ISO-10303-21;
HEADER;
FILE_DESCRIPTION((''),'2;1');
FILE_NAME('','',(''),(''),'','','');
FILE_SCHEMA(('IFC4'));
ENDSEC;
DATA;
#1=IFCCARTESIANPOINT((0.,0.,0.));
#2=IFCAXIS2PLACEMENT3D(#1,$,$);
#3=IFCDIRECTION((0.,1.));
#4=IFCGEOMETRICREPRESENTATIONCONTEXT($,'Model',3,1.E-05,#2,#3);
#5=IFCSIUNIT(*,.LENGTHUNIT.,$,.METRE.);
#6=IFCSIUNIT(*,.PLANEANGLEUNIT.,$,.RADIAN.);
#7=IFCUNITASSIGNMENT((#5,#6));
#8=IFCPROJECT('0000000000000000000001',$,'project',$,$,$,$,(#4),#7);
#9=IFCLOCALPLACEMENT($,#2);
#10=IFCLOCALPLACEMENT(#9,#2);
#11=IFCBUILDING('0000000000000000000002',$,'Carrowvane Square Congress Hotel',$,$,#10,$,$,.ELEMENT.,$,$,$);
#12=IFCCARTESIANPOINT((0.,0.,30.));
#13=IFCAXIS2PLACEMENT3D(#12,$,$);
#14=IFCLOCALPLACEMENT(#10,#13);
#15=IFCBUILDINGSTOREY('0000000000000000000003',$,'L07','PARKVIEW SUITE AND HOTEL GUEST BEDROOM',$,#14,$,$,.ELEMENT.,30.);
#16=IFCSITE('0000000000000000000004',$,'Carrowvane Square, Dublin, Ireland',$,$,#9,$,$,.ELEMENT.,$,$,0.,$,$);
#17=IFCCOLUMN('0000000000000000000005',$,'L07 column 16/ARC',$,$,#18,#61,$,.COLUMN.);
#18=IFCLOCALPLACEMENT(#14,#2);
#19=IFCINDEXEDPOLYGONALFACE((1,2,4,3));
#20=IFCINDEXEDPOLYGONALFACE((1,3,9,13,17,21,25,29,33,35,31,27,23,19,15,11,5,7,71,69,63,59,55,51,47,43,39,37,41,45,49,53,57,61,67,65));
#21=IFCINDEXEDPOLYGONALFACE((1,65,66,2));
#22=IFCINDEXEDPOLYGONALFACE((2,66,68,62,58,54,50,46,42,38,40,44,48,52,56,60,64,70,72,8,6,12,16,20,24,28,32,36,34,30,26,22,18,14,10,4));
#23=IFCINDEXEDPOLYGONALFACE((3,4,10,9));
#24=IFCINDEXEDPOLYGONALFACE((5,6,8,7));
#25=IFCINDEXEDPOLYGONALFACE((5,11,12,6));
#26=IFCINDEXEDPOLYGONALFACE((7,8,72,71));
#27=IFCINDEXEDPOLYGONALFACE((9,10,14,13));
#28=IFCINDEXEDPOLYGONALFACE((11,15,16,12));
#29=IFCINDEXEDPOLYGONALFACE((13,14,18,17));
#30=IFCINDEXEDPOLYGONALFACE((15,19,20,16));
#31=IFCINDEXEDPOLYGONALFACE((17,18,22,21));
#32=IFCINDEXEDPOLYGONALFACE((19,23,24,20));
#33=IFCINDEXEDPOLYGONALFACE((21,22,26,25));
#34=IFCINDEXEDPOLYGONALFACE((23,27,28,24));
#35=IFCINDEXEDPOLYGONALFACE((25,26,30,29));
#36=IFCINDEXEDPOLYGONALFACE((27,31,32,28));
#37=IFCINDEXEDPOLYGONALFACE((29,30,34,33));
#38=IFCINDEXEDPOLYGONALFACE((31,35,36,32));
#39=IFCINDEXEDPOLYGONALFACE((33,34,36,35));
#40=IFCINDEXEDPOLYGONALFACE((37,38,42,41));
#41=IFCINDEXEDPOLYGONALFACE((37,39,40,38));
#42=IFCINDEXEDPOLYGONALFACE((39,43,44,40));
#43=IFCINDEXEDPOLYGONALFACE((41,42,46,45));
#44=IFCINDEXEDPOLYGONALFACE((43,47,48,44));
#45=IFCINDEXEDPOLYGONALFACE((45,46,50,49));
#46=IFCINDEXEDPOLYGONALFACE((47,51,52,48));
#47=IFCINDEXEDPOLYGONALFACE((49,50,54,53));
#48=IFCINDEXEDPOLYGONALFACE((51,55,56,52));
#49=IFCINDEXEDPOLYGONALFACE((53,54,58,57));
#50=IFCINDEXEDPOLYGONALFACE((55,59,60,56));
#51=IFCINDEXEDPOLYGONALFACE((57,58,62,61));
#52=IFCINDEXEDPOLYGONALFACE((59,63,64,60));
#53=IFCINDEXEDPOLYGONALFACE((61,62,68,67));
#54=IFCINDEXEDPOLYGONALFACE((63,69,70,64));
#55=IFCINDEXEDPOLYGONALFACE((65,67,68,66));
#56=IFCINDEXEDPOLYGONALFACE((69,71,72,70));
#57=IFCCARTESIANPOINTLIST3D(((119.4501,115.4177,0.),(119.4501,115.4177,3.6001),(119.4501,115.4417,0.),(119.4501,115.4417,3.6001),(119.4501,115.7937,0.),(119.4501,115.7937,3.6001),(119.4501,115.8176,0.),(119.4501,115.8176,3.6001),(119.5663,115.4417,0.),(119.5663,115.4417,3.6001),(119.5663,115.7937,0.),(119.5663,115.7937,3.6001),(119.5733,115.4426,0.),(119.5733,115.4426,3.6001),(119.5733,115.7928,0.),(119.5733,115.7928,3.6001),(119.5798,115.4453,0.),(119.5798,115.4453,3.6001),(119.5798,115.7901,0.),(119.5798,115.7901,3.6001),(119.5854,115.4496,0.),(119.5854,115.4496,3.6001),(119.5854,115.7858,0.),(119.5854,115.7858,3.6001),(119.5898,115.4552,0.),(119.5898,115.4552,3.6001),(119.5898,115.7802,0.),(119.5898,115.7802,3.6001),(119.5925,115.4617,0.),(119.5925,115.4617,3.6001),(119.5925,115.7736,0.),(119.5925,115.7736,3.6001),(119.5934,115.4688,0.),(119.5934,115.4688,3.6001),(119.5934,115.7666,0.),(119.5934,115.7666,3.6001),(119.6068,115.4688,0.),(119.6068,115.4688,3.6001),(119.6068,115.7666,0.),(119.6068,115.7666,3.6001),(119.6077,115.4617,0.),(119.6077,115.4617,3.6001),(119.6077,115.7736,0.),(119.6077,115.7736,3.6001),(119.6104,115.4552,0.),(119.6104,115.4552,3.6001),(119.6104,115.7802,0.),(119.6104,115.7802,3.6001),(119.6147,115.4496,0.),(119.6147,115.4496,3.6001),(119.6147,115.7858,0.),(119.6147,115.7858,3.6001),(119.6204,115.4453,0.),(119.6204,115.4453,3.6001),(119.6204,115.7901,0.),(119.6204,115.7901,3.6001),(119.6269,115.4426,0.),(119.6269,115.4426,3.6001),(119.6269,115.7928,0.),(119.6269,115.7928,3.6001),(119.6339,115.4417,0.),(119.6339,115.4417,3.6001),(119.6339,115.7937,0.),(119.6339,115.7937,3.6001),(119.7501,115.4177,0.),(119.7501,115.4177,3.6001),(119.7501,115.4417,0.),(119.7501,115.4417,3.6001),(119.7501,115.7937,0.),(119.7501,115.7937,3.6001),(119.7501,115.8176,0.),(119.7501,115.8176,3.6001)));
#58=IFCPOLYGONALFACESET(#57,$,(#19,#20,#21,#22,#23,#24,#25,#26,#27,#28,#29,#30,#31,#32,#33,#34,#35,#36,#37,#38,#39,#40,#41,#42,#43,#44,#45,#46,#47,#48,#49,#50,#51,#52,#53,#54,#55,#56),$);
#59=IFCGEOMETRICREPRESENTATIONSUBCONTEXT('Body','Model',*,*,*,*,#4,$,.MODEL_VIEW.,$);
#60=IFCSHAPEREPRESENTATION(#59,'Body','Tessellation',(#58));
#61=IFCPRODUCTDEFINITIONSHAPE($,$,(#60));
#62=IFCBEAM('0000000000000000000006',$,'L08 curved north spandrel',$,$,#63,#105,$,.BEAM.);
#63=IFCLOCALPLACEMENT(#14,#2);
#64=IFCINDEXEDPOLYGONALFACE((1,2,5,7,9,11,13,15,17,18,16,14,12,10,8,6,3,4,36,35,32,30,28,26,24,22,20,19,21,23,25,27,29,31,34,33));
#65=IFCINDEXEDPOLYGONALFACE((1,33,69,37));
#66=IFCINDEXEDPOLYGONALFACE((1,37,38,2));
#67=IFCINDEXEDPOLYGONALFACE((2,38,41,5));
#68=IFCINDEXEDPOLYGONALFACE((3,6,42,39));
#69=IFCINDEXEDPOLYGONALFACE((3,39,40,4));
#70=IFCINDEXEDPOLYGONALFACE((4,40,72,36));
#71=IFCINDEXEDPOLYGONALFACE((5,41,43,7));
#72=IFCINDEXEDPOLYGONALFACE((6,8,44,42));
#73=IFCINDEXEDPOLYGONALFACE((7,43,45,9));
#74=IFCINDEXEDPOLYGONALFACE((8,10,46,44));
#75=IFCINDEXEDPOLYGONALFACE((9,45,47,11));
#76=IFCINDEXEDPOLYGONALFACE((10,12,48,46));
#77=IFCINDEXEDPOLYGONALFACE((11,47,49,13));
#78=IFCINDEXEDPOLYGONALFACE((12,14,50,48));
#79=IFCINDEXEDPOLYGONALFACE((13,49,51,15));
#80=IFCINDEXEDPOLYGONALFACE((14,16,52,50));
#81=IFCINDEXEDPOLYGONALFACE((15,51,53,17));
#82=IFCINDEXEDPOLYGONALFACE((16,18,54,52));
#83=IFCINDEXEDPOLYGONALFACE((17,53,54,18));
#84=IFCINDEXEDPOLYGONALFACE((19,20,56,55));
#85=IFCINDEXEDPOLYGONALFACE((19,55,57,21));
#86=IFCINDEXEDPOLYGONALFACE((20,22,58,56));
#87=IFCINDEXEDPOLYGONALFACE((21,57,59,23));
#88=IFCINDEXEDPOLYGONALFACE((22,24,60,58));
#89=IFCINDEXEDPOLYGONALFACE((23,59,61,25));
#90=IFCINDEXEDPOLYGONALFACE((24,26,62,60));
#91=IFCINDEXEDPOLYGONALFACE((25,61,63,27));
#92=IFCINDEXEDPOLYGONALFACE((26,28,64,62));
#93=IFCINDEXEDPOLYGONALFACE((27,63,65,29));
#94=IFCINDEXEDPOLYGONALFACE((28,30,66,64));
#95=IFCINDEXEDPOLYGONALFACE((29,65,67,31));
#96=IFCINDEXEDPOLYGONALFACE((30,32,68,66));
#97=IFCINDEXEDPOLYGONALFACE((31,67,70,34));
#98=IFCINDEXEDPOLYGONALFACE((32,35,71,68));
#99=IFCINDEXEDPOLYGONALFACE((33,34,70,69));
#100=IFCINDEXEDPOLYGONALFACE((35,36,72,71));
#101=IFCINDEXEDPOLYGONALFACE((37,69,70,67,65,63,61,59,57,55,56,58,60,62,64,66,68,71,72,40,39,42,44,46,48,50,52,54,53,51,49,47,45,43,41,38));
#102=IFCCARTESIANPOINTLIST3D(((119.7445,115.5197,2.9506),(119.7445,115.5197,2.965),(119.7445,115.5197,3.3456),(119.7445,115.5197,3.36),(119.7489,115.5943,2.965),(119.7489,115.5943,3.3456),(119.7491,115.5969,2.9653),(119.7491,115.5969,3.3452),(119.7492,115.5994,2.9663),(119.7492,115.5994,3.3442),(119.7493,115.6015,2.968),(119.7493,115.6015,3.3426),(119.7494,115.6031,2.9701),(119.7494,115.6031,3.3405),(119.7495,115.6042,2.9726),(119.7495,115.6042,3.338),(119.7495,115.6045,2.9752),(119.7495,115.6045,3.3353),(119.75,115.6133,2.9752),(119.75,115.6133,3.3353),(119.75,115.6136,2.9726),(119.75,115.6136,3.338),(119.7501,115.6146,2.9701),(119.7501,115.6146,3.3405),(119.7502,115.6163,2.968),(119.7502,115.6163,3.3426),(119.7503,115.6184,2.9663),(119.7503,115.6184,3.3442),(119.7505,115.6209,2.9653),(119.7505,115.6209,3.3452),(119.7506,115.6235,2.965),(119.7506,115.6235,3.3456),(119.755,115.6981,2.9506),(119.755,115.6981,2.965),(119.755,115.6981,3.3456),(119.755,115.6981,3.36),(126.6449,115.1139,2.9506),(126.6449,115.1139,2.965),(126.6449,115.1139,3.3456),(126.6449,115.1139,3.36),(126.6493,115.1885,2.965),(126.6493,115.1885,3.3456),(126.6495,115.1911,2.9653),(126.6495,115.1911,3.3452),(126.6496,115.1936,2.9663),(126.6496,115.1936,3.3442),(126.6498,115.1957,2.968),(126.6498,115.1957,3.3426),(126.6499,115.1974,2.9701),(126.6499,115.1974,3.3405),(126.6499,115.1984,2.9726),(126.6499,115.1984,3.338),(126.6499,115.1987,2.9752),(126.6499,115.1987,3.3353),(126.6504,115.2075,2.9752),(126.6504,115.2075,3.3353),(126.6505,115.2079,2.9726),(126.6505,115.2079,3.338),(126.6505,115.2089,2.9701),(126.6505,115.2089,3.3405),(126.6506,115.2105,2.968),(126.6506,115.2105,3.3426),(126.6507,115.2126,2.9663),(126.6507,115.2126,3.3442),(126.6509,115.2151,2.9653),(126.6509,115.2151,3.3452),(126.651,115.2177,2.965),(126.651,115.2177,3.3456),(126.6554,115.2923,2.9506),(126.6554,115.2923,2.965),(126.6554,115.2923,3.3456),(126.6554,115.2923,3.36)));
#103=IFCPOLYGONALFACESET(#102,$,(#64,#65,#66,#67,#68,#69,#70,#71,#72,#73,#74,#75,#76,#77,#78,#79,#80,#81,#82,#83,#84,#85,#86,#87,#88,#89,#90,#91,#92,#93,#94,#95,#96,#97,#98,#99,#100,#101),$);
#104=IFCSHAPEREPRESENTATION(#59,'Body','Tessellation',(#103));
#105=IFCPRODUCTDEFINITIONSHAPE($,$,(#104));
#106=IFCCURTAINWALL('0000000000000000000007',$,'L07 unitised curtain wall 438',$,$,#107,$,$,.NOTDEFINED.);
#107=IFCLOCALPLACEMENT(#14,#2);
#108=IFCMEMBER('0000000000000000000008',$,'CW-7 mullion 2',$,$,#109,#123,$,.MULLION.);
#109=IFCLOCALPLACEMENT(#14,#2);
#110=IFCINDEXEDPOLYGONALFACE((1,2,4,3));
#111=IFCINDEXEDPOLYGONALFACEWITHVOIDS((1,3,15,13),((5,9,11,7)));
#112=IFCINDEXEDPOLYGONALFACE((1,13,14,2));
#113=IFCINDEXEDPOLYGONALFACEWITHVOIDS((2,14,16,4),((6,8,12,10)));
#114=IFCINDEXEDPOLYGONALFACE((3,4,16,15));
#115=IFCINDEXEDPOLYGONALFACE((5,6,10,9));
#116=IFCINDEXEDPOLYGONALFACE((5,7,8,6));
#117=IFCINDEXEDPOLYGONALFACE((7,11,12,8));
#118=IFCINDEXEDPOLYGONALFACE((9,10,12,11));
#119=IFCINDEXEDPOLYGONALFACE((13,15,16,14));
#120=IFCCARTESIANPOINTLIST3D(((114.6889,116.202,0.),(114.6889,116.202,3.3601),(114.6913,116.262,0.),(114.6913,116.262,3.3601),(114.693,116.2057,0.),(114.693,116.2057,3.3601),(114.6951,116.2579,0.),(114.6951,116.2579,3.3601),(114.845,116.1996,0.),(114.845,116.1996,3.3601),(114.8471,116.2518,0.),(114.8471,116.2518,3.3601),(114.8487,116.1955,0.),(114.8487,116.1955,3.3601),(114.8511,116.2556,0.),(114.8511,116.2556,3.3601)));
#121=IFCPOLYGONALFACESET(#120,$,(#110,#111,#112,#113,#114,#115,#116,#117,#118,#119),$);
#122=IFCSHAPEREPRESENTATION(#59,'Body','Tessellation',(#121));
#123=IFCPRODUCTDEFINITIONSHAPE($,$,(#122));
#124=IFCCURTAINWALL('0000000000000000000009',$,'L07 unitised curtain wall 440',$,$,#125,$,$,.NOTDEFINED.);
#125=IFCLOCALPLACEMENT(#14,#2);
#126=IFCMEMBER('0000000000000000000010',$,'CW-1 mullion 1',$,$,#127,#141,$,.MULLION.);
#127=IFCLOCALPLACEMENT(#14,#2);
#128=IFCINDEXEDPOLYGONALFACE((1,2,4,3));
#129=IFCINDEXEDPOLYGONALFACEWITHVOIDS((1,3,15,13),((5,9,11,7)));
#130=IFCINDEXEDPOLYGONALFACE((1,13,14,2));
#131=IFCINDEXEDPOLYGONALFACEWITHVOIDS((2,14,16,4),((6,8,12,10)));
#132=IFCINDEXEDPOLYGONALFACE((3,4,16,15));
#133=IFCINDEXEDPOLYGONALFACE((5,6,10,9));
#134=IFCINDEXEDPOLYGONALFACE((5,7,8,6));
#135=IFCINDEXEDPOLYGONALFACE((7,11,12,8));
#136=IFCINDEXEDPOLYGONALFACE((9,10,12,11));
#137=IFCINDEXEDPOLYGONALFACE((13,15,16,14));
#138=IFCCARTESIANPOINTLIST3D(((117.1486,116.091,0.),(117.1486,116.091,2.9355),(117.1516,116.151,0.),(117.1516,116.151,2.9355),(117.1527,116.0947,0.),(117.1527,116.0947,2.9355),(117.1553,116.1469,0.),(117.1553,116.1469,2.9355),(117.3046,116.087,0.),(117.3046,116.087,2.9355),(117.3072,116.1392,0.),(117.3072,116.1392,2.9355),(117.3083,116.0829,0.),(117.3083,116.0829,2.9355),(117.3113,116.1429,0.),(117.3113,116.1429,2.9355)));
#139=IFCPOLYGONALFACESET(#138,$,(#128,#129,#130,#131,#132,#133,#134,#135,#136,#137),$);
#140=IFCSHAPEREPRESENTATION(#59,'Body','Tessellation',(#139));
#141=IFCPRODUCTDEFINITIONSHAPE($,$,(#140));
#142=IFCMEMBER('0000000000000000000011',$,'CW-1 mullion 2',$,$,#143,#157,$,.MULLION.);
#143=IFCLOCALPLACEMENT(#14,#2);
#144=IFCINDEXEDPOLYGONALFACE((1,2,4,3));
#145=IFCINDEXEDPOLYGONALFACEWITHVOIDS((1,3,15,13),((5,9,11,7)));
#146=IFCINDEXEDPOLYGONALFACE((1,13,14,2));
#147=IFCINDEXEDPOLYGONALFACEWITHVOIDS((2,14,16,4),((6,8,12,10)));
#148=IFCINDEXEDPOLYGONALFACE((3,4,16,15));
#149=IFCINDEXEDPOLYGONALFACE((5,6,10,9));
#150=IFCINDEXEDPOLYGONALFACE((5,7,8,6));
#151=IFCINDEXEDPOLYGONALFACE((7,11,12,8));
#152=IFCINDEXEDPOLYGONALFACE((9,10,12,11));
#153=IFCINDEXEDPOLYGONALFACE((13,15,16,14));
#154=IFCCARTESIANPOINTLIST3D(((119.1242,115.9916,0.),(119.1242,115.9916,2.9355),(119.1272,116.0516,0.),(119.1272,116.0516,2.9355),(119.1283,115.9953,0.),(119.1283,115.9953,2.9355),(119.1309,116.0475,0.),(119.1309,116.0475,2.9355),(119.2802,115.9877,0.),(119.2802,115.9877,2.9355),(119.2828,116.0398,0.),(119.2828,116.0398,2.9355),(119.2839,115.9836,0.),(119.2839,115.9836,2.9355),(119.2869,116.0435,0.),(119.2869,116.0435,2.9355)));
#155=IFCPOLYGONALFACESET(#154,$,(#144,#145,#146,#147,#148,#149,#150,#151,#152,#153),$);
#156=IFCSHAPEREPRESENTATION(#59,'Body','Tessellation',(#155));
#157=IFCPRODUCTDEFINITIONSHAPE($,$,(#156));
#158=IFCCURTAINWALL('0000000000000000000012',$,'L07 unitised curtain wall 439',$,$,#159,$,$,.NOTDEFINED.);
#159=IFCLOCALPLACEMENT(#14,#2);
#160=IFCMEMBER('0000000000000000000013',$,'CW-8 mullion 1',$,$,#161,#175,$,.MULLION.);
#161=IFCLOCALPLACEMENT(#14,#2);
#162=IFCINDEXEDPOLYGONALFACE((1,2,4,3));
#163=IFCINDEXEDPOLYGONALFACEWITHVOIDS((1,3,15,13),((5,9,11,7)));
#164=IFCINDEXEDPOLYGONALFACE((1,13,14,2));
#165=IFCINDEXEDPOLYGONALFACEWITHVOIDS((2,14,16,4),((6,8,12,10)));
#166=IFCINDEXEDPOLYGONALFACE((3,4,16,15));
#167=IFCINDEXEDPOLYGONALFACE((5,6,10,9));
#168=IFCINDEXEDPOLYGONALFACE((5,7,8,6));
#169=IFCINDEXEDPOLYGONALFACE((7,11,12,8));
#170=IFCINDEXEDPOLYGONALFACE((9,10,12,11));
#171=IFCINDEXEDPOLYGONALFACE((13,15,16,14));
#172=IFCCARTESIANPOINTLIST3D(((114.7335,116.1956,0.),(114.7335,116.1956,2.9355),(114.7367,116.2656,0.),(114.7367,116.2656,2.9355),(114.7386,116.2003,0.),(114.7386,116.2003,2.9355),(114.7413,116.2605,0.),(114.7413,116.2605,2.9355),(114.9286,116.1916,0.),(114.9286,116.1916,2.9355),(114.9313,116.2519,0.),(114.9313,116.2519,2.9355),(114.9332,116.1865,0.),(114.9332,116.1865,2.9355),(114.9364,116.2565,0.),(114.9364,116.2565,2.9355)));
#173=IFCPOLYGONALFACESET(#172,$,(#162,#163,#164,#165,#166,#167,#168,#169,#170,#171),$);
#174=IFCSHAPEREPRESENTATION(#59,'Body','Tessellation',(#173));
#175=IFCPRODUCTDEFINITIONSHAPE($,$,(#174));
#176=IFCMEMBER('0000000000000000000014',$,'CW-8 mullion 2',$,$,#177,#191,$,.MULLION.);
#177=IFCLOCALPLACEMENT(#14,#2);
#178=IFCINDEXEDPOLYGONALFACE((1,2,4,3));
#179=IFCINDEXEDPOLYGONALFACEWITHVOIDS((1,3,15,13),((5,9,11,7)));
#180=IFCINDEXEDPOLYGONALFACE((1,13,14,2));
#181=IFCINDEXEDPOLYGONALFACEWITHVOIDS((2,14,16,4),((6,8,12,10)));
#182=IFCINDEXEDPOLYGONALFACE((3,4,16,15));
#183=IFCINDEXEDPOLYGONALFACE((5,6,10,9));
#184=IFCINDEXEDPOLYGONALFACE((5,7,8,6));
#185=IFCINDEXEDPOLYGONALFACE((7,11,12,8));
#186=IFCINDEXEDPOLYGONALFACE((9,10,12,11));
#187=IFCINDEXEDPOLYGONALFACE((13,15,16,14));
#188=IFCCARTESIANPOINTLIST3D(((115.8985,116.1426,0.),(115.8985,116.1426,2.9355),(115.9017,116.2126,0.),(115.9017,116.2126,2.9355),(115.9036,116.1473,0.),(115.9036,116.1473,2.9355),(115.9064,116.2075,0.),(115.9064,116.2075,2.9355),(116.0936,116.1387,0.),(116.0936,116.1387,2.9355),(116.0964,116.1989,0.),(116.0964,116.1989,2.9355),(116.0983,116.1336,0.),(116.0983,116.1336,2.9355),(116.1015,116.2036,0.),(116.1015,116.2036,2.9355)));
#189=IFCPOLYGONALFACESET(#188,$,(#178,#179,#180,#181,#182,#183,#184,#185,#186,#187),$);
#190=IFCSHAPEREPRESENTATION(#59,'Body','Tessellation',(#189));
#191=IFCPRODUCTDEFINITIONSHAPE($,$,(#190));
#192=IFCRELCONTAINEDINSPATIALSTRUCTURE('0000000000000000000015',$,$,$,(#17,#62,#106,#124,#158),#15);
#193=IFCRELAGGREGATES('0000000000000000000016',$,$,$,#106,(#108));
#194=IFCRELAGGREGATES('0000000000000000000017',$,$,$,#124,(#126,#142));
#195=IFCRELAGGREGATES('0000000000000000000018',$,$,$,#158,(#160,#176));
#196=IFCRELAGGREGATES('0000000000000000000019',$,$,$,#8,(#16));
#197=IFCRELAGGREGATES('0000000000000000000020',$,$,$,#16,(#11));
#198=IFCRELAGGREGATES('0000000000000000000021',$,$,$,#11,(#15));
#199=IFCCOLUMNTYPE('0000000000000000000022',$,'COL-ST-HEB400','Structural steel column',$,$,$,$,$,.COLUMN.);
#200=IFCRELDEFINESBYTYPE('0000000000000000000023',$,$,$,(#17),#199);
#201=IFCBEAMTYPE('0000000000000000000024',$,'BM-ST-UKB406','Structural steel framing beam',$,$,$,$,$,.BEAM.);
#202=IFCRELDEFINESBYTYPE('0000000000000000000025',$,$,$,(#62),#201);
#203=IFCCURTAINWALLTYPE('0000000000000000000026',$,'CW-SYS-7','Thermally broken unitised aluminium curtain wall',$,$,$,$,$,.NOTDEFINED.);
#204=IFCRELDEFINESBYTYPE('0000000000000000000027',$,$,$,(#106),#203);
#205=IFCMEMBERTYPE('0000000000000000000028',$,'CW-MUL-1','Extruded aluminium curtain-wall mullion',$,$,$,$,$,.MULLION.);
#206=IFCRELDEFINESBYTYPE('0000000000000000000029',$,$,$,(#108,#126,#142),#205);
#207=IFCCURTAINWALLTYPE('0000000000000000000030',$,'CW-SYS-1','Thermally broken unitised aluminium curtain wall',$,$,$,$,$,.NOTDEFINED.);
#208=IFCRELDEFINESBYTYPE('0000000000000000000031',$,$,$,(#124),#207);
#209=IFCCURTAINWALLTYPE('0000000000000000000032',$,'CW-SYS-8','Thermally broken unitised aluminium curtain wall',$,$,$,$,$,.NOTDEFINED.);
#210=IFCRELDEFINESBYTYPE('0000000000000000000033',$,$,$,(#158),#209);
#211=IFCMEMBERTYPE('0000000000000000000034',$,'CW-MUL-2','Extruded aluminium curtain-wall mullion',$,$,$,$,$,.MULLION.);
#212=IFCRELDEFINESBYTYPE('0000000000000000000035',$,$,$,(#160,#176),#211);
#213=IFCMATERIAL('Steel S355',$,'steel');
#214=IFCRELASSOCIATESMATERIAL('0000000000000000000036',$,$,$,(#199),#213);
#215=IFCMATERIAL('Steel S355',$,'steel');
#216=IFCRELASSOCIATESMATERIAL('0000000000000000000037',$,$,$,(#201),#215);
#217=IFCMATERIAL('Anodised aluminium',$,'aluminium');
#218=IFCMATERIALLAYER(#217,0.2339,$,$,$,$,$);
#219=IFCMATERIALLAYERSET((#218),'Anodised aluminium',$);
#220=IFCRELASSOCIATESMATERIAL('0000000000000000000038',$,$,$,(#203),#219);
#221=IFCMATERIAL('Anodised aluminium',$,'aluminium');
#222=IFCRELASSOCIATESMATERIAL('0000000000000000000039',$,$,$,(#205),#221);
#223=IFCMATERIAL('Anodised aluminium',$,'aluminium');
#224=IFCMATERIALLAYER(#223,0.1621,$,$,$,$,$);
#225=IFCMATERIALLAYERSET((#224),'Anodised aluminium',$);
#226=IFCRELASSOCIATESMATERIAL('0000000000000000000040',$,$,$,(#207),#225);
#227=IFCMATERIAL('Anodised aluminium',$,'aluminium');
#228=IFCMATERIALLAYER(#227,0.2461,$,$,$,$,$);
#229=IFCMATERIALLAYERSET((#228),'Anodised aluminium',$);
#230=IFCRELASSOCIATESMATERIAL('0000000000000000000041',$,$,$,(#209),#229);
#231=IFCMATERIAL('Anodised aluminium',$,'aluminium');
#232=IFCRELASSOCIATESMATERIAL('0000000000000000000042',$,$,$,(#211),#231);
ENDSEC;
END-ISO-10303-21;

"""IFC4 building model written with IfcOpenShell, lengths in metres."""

from ifc_helpers import new_model, si_unit, direction, frame, origin, origin_2d, place, context, subcontext, project, spatial, hollow_rectangle, i_section, extrude, material, layer, layer_set, material_profile, profile_set, type_object, element, aggregate, save


model = new_model("IFC4")

# Units and contexts
model_context = context("Model", 3, precision=1e-05, world=origin(), true_north=direction((0.0, 1.0)))
body_context = subcontext(model_context, "Body", "Model", "MODEL_VIEW")
ifc_project = project(units=[si_unit("LENGTHUNIT", "METRE"), si_unit("PLANEANGLEUNIT", "RADIAN")], contexts=[model_context])

# Site, building, storey
site_placement = place(None, origin())
site = spatial("IfcSite", under=ifc_project, at=site_placement, Name="Carrowvane Square, Dublin, Ireland", CompositionType="ELEMENT", RefElevation=0.0)
building_placement = place(site_placement, origin())
building = spatial("IfcBuilding", under=site, at=building_placement, Name="Carrowvane Square Congress Hotel", CompositionType="ELEMENT")
storey_placement = place(building_placement, frame((0.0, 0.0, 30.0)))
storey = spatial("IfcBuildingStorey", under=building, at=storey_placement, Name="L07", Description="PARKVIEW SUITE AND HOTEL GUEST BEDROOM", CompositionType="ELEMENT", Elevation=30.0)

# Column
ifc_material_1 = material(Name="Steel S355", Category="steel")
ifc_material_profile_1 = material_profile(ifc_material_1, i_section(OverallWidth=0.3, OverallDepth=0.3999, WebThickness=0.0134, FlangeThickness=0.0239, FilletRadius=0.0271, at=origin_2d()), Name="HEB 400")
ifc_profile_set_1 = profile_set([ifc_material_profile_1], Name="Steel S355")
column_type = type_object("IfcColumnType", Name="COL-ST-HEB400", Description="Structural steel column", PredefinedType="COLUMN", material=ifc_profile_set_1)
column_placement = place(storey_placement, frame((119.6001, 115.6177, 0.0), z_axis=(0.0, 0.0, 1.0), x_axis=(1.0, 0.0, 0.0)))
element("IfcColumn", 1, at=column_placement, inside=storey, type_object=column_type, Name="L07 column 16/ARC", PredefinedType="COLUMN", context=body_context, shape_type="SweptSolid", body=[
    extrude(i_section(OverallWidth=0.3, OverallDepth=0.3999, WebThickness=0.0134, FlangeThickness=0.0239, FilletRadius=0.0271, at=origin_2d()), origin(), (0.0, 0.0, 1.0), 3.6001),
])

# Beam
ifc_material_2 = material(Name="Steel S355", Category="steel")
ifc_material_profile_2 = material_profile(ifc_material_2, i_section(OverallWidth=0.1787, OverallDepth=0.4094, WebThickness=0.0088, FlangeThickness=0.0144, FilletRadius=0.0103, at=origin_2d()), Name="UKB 406x178x67")
ifc_profile_set_2 = profile_set([ifc_material_profile_2], Name="Steel S355")
beam_type = type_object("IfcBeamType", Name="BM-ST-UKB406", Description="Structural steel framing beam", PredefinedType="BEAM", material=ifc_profile_set_2)
beam_placement = place(storey_placement, frame((119.7498, 115.6089, 3.1553), z_axis=(0.998276, -0.058701, 0.0), x_axis=(0.058701, 0.998276, 0.0)))
element("IfcBeam", 2, at=beam_placement, inside=storey, type_object=beam_type, Name="L08 curved north spandrel", PredefinedType="BEAM", context=body_context, shape_type="SweptSolid", body=[
    extrude(i_section(OverallWidth=0.1787, OverallDepth=0.4094, WebThickness=0.0088, FlangeThickness=0.0144, FilletRadius=0.0103, at=origin_2d()), origin(), (0.0, 0.0, 1.0), 6.9124),
])

# Curtain wall, member
ifc_material_3 = material(Name="Anodised aluminium", Category="aluminium")
ifc_layer_1 = layer(ifc_material_3, 0.2339)
ifc_layer_set_1 = layer_set([ifc_layer_1], Name="Anodised aluminium")
curtain_wall_type_1 = type_object("IfcCurtainWallType", Name="CW-SYS-7", Description="Thermally broken unitised aluminium curtain wall", PredefinedType="NOTDEFINED", material=ifc_layer_set_1)
curtain_wall_1_placement = place(storey_placement, origin())
curtain_wall_1 = element("IfcCurtainWall", 3, at=curtain_wall_1_placement, inside=storey, type_object=curtain_wall_type_1, Name="L07 unitised curtain wall 438", PredefinedType="NOTDEFINED")
ifc_material_4 = material(Name="Anodised aluminium", Category="aluminium")
ifc_material_profile_3 = material_profile(ifc_material_4, hollow_rectangle(XDim=0.0601, YDim=0.1599, WallThickness=0.0039, at=origin_2d()), Name="CW-ML 60x160x4")
ifc_profile_set_3 = profile_set([ifc_material_profile_3], Name="Anodised aluminium")
member_type_1 = type_object("IfcMemberType", Name="CW-MUL-1", Description="Extruded aluminium curtain-wall mullion", PredefinedType="MULLION", material=ifc_profile_set_3)
member_1_placement = place(storey_placement, frame((114.77, 116.2288, 0.0), z_axis=(0.0, 0.0, 1.0), x_axis=(0.040131, 0.999194, 0.0)))
member_1 = element("IfcMember", 4, at=member_1_placement, type_object=member_type_1, Name="CW-7 mullion 2", PredefinedType="MULLION", context=body_context, shape_type="SweptSolid", body=[
    extrude(hollow_rectangle(XDim=0.0601, YDim=0.1599, WallThickness=0.0039, at=origin_2d()), origin(), (0.0, 0.0, 1.0), 3.3601),
])
aggregate(curtain_wall_1, [member_1])

# Curtain walls, members
ifc_material_5 = material(Name="Anodised aluminium", Category="aluminium")
ifc_layer_2 = layer(ifc_material_5, 0.1621)
ifc_layer_set_2 = layer_set([ifc_layer_2], Name="Anodised aluminium")
curtain_wall_type_2 = type_object("IfcCurtainWallType", Name="CW-SYS-1", Description="Thermally broken unitised aluminium curtain wall", PredefinedType="NOTDEFINED", material=ifc_layer_set_2)
curtain_wall_2_placement = place(storey_placement, origin())
curtain_wall_2 = element("IfcCurtainWall", 5, at=curtain_wall_2_placement, inside=storey, type_object=curtain_wall_type_2, Name="L07 unitised curtain wall 440", PredefinedType="NOTDEFINED")
member_2_placement = place(storey_placement, frame((117.23, 116.1169, 0.0), z_axis=(0.0, 0.0, 1.0), x_axis=(0.050324, 0.998733, 0.0)))
member_2 = element("IfcMember", 6, at=member_2_placement, type_object=member_type_1, Name="CW-1 mullion 1", PredefinedType="MULLION", context=body_context, shape_type="SweptSolid", body=[
    extrude(hollow_rectangle(XDim=0.0601, YDim=0.1599, WallThickness=0.0039, at=origin_2d()), origin(), (0.0, 0.0, 1.0), 2.9355),
])
member_3_placement = place(storey_placement, frame((119.2056, 116.0176, 0.0), z_axis=(0.0, 0.0, 1.0), x_axis=(0.050324, 0.998733, 0.0)))
member_3 = element("IfcMember", 7, at=member_3_placement, type_object=member_type_1, Name="CW-1 mullion 2", PredefinedType="MULLION", context=body_context, shape_type="SweptSolid", body=[
    extrude(hollow_rectangle(XDim=0.0601, YDim=0.1599, WallThickness=0.0039, at=origin_2d()), origin(), (0.0, 0.0, 1.0), 2.9355),
])
ifc_material_6 = material(Name="Anodised aluminium", Category="aluminium")
ifc_layer_3 = layer(ifc_material_6, 0.2461)
ifc_layer_set_3 = layer_set([ifc_layer_3], Name="Anodised aluminium")
curtain_wall_type_3 = type_object("IfcCurtainWallType", Name="CW-SYS-8", Description="Thermally broken unitised aluminium curtain wall", PredefinedType="NOTDEFINED", material=ifc_layer_set_3)
curtain_wall_3_placement = place(storey_placement, origin())
curtain_wall_3 = element("IfcCurtainWall", 8, at=curtain_wall_3_placement, inside=storey, type_object=curtain_wall_type_3, Name="L07 unitised curtain wall 439", PredefinedType="NOTDEFINED")
ifc_material_7 = material(Name="Anodised aluminium", Category="aluminium")
ifc_material_profile_4 = material_profile(ifc_material_7, hollow_rectangle(XDim=0.0701, YDim=0.2, WallThickness=0.0049, at=origin_2d()), Name="CW-ML 70x200x5")
ifc_profile_set_4 = profile_set([ifc_material_profile_4], Name="Anodised aluminium")
member_type_2 = type_object("IfcMemberType", Name="CW-MUL-2", Description="Extruded aluminium curtain-wall mullion", PredefinedType="MULLION", material=ifc_profile_set_4)
member_4_placement = place(storey_placement, frame((114.835, 116.2261, 0.0), z_axis=(0.0, 0.0, 1.0), x_axis=(0.045411, 0.998968, 0.0)))
member_4 = element("IfcMember", 9, at=member_4_placement, type_object=member_type_2, Name="CW-8 mullion 1", PredefinedType="MULLION", context=body_context, shape_type="SweptSolid", body=[
    extrude(hollow_rectangle(XDim=0.0701, YDim=0.2, WallThickness=0.0049, at=origin_2d()), origin(), (0.0, 0.0, 1.0), 2.9355),
])
member_5_placement = place(storey_placement, frame((116.0, 116.1731, 0.0), z_axis=(0.0, 0.0, 1.0), x_axis=(0.045411, 0.998968, 0.0)))
member_5 = element("IfcMember", 10, at=member_5_placement, type_object=member_type_2, Name="CW-8 mullion 2", PredefinedType="MULLION", context=body_context, shape_type="SweptSolid", body=[
    extrude(hollow_rectangle(XDim=0.0701, YDim=0.2, WallThickness=0.0049, at=origin_2d()), origin(), (0.0, 0.0, 1.0), 2.9355),
])

aggregate(curtain_wall_2, [member_2, member_3])
aggregate(curtain_wall_3, [member_4, member_5])

save(model, "model.ifc")
